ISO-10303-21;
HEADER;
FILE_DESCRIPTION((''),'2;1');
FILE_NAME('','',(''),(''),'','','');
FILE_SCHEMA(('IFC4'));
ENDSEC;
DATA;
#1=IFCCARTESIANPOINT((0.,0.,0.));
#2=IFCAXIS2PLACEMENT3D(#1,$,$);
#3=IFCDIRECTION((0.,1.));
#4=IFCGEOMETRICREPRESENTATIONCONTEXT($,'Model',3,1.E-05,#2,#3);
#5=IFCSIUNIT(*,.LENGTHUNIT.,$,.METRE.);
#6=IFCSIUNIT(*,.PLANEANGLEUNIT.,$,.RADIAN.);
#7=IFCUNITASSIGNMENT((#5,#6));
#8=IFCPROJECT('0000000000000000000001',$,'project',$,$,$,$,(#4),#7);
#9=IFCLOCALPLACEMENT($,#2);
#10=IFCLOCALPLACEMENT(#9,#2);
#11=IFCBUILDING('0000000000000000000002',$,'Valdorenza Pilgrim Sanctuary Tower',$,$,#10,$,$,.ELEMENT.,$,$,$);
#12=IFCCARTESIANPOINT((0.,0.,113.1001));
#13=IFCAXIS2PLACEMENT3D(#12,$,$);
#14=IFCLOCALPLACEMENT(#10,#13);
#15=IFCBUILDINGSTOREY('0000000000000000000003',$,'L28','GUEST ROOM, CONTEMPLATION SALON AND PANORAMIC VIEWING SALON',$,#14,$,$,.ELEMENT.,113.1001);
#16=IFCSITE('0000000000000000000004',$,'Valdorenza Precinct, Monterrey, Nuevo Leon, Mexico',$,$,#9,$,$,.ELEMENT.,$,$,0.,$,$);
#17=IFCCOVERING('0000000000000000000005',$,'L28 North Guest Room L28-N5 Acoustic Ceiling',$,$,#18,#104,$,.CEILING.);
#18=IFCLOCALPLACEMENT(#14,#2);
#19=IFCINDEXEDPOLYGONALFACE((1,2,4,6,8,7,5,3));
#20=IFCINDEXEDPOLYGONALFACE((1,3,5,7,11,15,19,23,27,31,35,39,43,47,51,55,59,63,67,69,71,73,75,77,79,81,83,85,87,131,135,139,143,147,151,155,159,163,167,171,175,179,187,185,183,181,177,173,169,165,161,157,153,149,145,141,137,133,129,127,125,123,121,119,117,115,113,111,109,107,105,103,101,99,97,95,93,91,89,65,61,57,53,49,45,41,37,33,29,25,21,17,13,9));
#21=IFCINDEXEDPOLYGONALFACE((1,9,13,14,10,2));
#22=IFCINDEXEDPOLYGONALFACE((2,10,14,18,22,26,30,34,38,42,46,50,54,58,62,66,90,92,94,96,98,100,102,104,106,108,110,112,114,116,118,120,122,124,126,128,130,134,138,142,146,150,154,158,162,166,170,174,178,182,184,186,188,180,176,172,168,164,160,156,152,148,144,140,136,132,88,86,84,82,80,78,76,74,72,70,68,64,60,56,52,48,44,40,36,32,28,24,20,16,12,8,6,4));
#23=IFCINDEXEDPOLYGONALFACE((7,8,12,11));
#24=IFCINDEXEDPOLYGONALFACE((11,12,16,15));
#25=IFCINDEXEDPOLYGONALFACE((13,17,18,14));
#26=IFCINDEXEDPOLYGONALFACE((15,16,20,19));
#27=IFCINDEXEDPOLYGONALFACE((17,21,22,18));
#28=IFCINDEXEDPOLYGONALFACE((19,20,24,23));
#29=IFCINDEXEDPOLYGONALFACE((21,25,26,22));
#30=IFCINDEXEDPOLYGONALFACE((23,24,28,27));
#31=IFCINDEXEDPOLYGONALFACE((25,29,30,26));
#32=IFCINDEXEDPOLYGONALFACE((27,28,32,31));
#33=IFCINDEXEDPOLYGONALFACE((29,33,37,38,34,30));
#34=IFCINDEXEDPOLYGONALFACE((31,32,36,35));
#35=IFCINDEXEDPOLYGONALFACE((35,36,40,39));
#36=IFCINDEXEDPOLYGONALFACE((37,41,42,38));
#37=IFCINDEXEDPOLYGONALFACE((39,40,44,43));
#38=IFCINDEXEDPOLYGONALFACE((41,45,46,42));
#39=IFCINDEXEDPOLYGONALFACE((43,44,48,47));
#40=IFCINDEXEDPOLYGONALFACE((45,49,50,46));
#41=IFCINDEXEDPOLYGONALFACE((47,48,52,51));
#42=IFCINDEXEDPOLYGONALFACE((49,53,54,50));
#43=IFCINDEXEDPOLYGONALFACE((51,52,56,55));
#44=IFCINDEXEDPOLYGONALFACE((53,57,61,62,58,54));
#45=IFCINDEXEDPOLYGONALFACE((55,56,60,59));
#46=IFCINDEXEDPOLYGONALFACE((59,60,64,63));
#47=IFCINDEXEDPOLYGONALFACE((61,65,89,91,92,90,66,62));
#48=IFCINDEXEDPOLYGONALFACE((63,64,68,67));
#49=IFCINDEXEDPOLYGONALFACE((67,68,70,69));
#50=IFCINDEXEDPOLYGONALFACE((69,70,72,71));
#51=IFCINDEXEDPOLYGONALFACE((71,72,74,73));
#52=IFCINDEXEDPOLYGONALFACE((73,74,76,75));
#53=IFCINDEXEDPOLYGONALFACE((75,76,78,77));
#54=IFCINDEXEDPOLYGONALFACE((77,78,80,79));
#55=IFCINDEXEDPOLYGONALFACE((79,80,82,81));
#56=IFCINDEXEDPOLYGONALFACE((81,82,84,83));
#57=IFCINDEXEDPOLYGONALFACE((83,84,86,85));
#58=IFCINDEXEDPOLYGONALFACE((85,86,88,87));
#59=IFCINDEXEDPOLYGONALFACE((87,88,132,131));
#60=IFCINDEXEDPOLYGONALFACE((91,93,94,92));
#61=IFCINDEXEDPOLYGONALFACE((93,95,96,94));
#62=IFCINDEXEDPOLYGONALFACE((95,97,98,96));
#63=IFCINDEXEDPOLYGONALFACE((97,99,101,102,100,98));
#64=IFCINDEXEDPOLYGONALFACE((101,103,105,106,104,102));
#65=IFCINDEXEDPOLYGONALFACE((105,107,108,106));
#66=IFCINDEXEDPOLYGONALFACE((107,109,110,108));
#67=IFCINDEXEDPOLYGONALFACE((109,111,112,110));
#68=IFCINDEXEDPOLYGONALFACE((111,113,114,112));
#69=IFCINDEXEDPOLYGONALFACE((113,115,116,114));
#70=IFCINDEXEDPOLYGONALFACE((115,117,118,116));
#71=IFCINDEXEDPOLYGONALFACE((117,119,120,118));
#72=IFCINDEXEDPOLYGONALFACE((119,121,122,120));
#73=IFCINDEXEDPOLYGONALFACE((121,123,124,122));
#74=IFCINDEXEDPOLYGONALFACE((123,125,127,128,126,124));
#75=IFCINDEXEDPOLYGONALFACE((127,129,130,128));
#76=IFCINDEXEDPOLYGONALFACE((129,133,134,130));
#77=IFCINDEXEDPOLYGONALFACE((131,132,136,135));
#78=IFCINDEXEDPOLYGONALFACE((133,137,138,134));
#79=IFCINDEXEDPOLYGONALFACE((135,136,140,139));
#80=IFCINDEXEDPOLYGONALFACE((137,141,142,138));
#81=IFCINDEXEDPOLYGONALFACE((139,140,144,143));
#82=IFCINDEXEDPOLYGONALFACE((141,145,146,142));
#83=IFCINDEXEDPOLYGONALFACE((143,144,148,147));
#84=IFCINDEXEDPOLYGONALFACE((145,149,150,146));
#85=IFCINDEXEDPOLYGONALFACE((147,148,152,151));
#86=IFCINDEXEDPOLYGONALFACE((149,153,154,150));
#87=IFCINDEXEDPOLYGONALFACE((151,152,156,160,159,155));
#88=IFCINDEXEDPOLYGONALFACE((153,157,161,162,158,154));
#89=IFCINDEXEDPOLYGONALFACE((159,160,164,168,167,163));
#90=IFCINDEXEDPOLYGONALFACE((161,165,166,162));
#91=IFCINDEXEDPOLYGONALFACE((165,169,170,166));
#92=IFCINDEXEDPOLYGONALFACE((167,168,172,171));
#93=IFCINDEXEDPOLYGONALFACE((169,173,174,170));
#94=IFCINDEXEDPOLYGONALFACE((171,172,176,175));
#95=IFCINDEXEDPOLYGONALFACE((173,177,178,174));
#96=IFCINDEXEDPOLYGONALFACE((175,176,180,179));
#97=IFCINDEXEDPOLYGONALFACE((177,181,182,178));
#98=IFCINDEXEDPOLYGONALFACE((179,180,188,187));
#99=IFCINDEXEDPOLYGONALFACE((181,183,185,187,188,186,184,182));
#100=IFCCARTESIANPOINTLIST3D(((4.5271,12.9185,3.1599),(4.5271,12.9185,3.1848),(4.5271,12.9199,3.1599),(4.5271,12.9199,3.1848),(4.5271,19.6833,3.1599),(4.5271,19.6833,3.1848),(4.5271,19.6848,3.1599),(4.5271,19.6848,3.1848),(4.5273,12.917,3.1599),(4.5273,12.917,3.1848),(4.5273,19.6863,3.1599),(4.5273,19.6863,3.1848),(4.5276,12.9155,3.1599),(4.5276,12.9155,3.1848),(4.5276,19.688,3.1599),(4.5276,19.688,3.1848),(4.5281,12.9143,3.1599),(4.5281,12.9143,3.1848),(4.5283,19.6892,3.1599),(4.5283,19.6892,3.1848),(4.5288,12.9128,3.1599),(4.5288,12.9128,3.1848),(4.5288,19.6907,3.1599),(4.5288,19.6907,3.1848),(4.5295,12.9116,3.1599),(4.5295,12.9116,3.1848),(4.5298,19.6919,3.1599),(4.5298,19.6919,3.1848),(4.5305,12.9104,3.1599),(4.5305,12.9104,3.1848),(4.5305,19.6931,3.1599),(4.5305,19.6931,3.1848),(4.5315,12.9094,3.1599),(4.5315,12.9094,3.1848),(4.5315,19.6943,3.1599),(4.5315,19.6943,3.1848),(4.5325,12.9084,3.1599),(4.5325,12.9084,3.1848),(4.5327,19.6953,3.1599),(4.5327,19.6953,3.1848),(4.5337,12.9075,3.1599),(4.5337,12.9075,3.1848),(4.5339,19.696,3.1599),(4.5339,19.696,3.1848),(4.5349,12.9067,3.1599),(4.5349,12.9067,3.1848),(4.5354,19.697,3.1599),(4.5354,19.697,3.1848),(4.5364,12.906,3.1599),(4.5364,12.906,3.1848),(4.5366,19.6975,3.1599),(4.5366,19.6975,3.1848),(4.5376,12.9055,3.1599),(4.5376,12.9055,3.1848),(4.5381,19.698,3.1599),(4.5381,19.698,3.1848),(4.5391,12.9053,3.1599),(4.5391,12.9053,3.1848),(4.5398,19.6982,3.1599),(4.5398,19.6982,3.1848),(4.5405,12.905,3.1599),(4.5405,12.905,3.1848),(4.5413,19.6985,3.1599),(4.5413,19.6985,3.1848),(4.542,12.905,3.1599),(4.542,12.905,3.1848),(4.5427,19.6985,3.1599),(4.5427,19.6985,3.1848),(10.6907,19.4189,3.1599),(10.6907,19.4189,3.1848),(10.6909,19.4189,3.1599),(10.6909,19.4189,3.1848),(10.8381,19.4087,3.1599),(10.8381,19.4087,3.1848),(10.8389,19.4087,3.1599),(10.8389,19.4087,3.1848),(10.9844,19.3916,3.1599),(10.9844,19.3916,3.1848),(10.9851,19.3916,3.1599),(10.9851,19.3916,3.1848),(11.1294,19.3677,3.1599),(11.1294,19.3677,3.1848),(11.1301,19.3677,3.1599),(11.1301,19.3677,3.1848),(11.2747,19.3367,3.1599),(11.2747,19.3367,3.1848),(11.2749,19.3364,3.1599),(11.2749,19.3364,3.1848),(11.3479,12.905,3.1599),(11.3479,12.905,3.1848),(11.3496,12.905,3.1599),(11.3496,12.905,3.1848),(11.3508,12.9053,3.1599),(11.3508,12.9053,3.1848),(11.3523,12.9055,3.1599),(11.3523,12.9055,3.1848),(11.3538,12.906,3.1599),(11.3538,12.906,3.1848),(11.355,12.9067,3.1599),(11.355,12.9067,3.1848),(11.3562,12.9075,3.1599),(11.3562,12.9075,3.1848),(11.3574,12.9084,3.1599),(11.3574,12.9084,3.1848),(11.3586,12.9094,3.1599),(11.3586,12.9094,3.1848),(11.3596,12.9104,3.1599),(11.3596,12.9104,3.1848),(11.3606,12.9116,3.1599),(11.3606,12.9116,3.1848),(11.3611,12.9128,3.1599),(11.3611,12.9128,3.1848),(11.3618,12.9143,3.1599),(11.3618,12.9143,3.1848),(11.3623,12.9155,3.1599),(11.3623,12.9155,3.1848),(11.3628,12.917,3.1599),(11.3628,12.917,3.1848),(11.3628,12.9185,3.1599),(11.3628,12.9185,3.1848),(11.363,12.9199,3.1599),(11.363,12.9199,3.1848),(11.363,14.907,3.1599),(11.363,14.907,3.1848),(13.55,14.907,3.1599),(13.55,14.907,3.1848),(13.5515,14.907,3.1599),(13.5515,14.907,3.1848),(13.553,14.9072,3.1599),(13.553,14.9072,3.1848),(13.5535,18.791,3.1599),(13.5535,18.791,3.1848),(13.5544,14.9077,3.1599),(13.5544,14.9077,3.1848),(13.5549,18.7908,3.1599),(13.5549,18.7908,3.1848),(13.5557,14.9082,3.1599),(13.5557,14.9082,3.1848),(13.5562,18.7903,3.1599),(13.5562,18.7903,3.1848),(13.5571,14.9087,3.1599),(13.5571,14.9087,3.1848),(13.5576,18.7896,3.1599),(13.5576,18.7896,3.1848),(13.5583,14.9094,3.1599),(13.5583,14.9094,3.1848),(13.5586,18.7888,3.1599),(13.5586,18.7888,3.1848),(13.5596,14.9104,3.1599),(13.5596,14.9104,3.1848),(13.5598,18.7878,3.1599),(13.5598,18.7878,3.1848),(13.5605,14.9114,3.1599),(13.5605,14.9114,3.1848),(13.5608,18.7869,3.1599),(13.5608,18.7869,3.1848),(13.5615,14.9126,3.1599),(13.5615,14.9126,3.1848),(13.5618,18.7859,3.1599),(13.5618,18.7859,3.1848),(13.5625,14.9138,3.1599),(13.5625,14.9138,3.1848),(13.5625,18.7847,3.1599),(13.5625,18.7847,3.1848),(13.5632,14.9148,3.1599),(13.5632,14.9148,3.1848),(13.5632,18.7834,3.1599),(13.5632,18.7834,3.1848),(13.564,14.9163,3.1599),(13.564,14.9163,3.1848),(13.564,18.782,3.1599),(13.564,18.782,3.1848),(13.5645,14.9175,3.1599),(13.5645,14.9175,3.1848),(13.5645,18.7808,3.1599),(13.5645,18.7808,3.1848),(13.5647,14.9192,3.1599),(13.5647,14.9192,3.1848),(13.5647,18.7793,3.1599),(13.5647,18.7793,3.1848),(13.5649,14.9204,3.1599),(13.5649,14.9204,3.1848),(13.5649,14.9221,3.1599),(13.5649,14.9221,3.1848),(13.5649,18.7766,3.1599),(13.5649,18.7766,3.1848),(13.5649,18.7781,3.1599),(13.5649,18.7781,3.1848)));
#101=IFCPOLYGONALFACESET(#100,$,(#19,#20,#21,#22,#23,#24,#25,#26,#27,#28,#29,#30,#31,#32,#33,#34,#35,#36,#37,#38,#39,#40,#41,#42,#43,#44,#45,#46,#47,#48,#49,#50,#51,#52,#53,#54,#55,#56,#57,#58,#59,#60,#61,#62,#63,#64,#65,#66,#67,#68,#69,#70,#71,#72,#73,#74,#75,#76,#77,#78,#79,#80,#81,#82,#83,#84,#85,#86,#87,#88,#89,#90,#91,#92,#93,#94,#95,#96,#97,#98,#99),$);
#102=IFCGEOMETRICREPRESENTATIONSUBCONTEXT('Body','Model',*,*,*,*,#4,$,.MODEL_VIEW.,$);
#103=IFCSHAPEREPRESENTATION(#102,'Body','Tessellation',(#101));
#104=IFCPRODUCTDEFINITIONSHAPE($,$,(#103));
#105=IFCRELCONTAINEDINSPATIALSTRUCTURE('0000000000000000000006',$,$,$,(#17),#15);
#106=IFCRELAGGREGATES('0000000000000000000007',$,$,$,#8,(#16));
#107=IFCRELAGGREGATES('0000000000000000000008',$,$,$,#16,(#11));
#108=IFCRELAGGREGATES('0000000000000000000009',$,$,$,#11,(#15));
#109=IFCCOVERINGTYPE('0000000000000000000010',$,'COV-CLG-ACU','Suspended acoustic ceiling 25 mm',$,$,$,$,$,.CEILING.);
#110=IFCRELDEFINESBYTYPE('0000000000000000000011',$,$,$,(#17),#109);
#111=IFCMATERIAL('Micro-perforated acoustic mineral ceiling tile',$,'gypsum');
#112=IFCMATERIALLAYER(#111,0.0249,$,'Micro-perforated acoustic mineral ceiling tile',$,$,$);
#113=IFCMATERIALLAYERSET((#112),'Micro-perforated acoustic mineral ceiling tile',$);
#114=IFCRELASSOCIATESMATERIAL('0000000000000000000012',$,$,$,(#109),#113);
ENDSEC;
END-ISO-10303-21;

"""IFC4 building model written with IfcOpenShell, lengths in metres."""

from ifc_helpers import new_model, si_unit, direction, frame, origin, place, context, subcontext, project, spatial, polyline, outline, extrude, material, layer, layer_set, type_object, element, save


model = new_model("IFC4")

# Units and contexts
model_context = context("Model", 3, precision=1e-05, world=origin(), true_north=direction((0.0, 1.0)))
body_context = subcontext(model_context, "Body", "Model", "MODEL_VIEW")
ifc_project = project(units=[si_unit("LENGTHUNIT", "METRE"), si_unit("PLANEANGLEUNIT", "RADIAN")], contexts=[model_context])

# Site, building, storey
site_placement = place(None, origin())
site = spatial("IfcSite", under=ifc_project, at=site_placement, Name="Valdorenza Precinct, Monterrey, Nuevo Leon, Mexico", CompositionType="ELEMENT", RefElevation=0.0)
building_placement = place(site_placement, origin())
building = spatial("IfcBuilding", under=site, at=building_placement, Name="Valdorenza Pilgrim Sanctuary Tower", CompositionType="ELEMENT")
storey_placement = place(building_placement, frame((0.0, 0.0, 113.1001)))
storey = spatial("IfcBuildingStorey", under=building, at=storey_placement, Name="L28", Description="GUEST ROOM, CONTEMPLATION SALON AND PANORAMIC VIEWING SALON", CompositionType="ELEMENT", Elevation=113.1001)

# Covering
ifc_material_1 = material(Name="Micro-perforated acoustic mineral ceiling tile", Category="gypsum")
ifc_layer_1 = layer(ifc_material_1, 0.0249, Name="Micro-perforated acoustic mineral ceiling tile")
ifc_layer_set_1 = layer_set([ifc_layer_1], Name="Micro-perforated acoustic mineral ceiling tile")
covering_type_1 = type_object("IfcCoveringType", Name="COV-CLG-ACU", Description="Suspended acoustic ceiling 25 mm", PredefinedType="CEILING", material=ifc_layer_set_1)
covering_1_placement = place(storey_placement, frame((0.0, 0.0, 3.1599)))
element("IfcCovering", 1, at=covering_1_placement, inside=storey, type_object=covering_type_1, Name="L28 North Guest Room L28-N5 Acoustic Ceiling", PredefinedType="CEILING", context=body_context, shape_type="SweptSolid", body=[
    extrude(outline(polyline([(10.6907, 19.4189), (10.6909, 19.4189), (10.8381, 19.4087), (10.8389, 19.4087), (10.9844, 19.3916), (10.9851, 19.3916), (11.1294, 19.3677), (11.1301, 19.3677), (11.2747, 19.3367), (11.2749, 19.3364), (13.5535, 18.791), (13.5549, 18.7908), (13.5562, 18.7903), (13.5576, 18.7896), (13.5586, 18.7888), (13.5598, 18.7878), (13.5608, 18.7869), (13.5618, 18.7859), (13.5625, 18.7847), (13.5632, 18.7834), (13.564, 18.782), (13.5645, 18.7808), (13.5647, 18.7793), (13.5649, 18.7781), (13.5649, 18.7766), (13.5649, 14.9221), (13.5649, 14.9204), (13.5647, 14.9192), (13.5645, 14.9175), (13.564, 14.9163), (13.5632, 14.9148), (13.5625, 14.9138), (13.5615, 14.9126), (13.5605, 14.9114), (13.5596, 14.9104), (13.5583, 14.9094), (13.5571, 14.9087), (13.5557, 14.9082), (13.5544, 14.9077), (13.553, 14.9072), (13.5515, 14.907), (13.55, 14.907), (11.363, 14.907), (11.363, 12.9199), (11.3628, 12.9185), (11.3628, 12.917), (11.3623, 12.9155), (11.3618, 12.9143), (11.3611, 12.9128), (11.3606, 12.9116), (11.3596, 12.9104), (11.3586, 12.9094), (11.3574, 12.9084), (11.3562, 12.9075), (11.355, 12.9067), (11.3538, 12.906), (11.3523, 12.9055), (11.3508, 12.9053), (11.3496, 12.905), (11.3479, 12.905), (4.542, 12.905), (4.5405, 12.905), (4.5391, 12.9053), (4.5376, 12.9055), (4.5364, 12.906), (4.5349, 12.9067), (4.5337, 12.9075), (4.5325, 12.9084), (4.5315, 12.9094), (4.5305, 12.9104), (4.5295, 12.9116), (4.5288, 12.9128), (4.5281, 12.9143), (4.5276, 12.9155), (4.5273, 12.917), (4.5271, 12.9185), (4.5271, 12.9199), (4.5271, 19.6833), (4.5271, 19.6848), (4.5273, 19.6863), (4.5276, 19.688), (4.5283, 19.6892), (4.5288, 19.6907), (4.5298, 19.6919), (4.5305, 19.6931), (4.5315, 19.6943), (4.5327, 19.6953), (4.5339, 19.696), (4.5354, 19.697), (4.5366, 19.6975), (4.5381, 19.698), (4.5398, 19.6982), (4.5413, 19.6985), (4.5427, 19.6985), (10.6907, 19.4189)])), origin(), (0.0, 0.0, 1.0), 0.0249),
])

save(model, "model.ifc")
